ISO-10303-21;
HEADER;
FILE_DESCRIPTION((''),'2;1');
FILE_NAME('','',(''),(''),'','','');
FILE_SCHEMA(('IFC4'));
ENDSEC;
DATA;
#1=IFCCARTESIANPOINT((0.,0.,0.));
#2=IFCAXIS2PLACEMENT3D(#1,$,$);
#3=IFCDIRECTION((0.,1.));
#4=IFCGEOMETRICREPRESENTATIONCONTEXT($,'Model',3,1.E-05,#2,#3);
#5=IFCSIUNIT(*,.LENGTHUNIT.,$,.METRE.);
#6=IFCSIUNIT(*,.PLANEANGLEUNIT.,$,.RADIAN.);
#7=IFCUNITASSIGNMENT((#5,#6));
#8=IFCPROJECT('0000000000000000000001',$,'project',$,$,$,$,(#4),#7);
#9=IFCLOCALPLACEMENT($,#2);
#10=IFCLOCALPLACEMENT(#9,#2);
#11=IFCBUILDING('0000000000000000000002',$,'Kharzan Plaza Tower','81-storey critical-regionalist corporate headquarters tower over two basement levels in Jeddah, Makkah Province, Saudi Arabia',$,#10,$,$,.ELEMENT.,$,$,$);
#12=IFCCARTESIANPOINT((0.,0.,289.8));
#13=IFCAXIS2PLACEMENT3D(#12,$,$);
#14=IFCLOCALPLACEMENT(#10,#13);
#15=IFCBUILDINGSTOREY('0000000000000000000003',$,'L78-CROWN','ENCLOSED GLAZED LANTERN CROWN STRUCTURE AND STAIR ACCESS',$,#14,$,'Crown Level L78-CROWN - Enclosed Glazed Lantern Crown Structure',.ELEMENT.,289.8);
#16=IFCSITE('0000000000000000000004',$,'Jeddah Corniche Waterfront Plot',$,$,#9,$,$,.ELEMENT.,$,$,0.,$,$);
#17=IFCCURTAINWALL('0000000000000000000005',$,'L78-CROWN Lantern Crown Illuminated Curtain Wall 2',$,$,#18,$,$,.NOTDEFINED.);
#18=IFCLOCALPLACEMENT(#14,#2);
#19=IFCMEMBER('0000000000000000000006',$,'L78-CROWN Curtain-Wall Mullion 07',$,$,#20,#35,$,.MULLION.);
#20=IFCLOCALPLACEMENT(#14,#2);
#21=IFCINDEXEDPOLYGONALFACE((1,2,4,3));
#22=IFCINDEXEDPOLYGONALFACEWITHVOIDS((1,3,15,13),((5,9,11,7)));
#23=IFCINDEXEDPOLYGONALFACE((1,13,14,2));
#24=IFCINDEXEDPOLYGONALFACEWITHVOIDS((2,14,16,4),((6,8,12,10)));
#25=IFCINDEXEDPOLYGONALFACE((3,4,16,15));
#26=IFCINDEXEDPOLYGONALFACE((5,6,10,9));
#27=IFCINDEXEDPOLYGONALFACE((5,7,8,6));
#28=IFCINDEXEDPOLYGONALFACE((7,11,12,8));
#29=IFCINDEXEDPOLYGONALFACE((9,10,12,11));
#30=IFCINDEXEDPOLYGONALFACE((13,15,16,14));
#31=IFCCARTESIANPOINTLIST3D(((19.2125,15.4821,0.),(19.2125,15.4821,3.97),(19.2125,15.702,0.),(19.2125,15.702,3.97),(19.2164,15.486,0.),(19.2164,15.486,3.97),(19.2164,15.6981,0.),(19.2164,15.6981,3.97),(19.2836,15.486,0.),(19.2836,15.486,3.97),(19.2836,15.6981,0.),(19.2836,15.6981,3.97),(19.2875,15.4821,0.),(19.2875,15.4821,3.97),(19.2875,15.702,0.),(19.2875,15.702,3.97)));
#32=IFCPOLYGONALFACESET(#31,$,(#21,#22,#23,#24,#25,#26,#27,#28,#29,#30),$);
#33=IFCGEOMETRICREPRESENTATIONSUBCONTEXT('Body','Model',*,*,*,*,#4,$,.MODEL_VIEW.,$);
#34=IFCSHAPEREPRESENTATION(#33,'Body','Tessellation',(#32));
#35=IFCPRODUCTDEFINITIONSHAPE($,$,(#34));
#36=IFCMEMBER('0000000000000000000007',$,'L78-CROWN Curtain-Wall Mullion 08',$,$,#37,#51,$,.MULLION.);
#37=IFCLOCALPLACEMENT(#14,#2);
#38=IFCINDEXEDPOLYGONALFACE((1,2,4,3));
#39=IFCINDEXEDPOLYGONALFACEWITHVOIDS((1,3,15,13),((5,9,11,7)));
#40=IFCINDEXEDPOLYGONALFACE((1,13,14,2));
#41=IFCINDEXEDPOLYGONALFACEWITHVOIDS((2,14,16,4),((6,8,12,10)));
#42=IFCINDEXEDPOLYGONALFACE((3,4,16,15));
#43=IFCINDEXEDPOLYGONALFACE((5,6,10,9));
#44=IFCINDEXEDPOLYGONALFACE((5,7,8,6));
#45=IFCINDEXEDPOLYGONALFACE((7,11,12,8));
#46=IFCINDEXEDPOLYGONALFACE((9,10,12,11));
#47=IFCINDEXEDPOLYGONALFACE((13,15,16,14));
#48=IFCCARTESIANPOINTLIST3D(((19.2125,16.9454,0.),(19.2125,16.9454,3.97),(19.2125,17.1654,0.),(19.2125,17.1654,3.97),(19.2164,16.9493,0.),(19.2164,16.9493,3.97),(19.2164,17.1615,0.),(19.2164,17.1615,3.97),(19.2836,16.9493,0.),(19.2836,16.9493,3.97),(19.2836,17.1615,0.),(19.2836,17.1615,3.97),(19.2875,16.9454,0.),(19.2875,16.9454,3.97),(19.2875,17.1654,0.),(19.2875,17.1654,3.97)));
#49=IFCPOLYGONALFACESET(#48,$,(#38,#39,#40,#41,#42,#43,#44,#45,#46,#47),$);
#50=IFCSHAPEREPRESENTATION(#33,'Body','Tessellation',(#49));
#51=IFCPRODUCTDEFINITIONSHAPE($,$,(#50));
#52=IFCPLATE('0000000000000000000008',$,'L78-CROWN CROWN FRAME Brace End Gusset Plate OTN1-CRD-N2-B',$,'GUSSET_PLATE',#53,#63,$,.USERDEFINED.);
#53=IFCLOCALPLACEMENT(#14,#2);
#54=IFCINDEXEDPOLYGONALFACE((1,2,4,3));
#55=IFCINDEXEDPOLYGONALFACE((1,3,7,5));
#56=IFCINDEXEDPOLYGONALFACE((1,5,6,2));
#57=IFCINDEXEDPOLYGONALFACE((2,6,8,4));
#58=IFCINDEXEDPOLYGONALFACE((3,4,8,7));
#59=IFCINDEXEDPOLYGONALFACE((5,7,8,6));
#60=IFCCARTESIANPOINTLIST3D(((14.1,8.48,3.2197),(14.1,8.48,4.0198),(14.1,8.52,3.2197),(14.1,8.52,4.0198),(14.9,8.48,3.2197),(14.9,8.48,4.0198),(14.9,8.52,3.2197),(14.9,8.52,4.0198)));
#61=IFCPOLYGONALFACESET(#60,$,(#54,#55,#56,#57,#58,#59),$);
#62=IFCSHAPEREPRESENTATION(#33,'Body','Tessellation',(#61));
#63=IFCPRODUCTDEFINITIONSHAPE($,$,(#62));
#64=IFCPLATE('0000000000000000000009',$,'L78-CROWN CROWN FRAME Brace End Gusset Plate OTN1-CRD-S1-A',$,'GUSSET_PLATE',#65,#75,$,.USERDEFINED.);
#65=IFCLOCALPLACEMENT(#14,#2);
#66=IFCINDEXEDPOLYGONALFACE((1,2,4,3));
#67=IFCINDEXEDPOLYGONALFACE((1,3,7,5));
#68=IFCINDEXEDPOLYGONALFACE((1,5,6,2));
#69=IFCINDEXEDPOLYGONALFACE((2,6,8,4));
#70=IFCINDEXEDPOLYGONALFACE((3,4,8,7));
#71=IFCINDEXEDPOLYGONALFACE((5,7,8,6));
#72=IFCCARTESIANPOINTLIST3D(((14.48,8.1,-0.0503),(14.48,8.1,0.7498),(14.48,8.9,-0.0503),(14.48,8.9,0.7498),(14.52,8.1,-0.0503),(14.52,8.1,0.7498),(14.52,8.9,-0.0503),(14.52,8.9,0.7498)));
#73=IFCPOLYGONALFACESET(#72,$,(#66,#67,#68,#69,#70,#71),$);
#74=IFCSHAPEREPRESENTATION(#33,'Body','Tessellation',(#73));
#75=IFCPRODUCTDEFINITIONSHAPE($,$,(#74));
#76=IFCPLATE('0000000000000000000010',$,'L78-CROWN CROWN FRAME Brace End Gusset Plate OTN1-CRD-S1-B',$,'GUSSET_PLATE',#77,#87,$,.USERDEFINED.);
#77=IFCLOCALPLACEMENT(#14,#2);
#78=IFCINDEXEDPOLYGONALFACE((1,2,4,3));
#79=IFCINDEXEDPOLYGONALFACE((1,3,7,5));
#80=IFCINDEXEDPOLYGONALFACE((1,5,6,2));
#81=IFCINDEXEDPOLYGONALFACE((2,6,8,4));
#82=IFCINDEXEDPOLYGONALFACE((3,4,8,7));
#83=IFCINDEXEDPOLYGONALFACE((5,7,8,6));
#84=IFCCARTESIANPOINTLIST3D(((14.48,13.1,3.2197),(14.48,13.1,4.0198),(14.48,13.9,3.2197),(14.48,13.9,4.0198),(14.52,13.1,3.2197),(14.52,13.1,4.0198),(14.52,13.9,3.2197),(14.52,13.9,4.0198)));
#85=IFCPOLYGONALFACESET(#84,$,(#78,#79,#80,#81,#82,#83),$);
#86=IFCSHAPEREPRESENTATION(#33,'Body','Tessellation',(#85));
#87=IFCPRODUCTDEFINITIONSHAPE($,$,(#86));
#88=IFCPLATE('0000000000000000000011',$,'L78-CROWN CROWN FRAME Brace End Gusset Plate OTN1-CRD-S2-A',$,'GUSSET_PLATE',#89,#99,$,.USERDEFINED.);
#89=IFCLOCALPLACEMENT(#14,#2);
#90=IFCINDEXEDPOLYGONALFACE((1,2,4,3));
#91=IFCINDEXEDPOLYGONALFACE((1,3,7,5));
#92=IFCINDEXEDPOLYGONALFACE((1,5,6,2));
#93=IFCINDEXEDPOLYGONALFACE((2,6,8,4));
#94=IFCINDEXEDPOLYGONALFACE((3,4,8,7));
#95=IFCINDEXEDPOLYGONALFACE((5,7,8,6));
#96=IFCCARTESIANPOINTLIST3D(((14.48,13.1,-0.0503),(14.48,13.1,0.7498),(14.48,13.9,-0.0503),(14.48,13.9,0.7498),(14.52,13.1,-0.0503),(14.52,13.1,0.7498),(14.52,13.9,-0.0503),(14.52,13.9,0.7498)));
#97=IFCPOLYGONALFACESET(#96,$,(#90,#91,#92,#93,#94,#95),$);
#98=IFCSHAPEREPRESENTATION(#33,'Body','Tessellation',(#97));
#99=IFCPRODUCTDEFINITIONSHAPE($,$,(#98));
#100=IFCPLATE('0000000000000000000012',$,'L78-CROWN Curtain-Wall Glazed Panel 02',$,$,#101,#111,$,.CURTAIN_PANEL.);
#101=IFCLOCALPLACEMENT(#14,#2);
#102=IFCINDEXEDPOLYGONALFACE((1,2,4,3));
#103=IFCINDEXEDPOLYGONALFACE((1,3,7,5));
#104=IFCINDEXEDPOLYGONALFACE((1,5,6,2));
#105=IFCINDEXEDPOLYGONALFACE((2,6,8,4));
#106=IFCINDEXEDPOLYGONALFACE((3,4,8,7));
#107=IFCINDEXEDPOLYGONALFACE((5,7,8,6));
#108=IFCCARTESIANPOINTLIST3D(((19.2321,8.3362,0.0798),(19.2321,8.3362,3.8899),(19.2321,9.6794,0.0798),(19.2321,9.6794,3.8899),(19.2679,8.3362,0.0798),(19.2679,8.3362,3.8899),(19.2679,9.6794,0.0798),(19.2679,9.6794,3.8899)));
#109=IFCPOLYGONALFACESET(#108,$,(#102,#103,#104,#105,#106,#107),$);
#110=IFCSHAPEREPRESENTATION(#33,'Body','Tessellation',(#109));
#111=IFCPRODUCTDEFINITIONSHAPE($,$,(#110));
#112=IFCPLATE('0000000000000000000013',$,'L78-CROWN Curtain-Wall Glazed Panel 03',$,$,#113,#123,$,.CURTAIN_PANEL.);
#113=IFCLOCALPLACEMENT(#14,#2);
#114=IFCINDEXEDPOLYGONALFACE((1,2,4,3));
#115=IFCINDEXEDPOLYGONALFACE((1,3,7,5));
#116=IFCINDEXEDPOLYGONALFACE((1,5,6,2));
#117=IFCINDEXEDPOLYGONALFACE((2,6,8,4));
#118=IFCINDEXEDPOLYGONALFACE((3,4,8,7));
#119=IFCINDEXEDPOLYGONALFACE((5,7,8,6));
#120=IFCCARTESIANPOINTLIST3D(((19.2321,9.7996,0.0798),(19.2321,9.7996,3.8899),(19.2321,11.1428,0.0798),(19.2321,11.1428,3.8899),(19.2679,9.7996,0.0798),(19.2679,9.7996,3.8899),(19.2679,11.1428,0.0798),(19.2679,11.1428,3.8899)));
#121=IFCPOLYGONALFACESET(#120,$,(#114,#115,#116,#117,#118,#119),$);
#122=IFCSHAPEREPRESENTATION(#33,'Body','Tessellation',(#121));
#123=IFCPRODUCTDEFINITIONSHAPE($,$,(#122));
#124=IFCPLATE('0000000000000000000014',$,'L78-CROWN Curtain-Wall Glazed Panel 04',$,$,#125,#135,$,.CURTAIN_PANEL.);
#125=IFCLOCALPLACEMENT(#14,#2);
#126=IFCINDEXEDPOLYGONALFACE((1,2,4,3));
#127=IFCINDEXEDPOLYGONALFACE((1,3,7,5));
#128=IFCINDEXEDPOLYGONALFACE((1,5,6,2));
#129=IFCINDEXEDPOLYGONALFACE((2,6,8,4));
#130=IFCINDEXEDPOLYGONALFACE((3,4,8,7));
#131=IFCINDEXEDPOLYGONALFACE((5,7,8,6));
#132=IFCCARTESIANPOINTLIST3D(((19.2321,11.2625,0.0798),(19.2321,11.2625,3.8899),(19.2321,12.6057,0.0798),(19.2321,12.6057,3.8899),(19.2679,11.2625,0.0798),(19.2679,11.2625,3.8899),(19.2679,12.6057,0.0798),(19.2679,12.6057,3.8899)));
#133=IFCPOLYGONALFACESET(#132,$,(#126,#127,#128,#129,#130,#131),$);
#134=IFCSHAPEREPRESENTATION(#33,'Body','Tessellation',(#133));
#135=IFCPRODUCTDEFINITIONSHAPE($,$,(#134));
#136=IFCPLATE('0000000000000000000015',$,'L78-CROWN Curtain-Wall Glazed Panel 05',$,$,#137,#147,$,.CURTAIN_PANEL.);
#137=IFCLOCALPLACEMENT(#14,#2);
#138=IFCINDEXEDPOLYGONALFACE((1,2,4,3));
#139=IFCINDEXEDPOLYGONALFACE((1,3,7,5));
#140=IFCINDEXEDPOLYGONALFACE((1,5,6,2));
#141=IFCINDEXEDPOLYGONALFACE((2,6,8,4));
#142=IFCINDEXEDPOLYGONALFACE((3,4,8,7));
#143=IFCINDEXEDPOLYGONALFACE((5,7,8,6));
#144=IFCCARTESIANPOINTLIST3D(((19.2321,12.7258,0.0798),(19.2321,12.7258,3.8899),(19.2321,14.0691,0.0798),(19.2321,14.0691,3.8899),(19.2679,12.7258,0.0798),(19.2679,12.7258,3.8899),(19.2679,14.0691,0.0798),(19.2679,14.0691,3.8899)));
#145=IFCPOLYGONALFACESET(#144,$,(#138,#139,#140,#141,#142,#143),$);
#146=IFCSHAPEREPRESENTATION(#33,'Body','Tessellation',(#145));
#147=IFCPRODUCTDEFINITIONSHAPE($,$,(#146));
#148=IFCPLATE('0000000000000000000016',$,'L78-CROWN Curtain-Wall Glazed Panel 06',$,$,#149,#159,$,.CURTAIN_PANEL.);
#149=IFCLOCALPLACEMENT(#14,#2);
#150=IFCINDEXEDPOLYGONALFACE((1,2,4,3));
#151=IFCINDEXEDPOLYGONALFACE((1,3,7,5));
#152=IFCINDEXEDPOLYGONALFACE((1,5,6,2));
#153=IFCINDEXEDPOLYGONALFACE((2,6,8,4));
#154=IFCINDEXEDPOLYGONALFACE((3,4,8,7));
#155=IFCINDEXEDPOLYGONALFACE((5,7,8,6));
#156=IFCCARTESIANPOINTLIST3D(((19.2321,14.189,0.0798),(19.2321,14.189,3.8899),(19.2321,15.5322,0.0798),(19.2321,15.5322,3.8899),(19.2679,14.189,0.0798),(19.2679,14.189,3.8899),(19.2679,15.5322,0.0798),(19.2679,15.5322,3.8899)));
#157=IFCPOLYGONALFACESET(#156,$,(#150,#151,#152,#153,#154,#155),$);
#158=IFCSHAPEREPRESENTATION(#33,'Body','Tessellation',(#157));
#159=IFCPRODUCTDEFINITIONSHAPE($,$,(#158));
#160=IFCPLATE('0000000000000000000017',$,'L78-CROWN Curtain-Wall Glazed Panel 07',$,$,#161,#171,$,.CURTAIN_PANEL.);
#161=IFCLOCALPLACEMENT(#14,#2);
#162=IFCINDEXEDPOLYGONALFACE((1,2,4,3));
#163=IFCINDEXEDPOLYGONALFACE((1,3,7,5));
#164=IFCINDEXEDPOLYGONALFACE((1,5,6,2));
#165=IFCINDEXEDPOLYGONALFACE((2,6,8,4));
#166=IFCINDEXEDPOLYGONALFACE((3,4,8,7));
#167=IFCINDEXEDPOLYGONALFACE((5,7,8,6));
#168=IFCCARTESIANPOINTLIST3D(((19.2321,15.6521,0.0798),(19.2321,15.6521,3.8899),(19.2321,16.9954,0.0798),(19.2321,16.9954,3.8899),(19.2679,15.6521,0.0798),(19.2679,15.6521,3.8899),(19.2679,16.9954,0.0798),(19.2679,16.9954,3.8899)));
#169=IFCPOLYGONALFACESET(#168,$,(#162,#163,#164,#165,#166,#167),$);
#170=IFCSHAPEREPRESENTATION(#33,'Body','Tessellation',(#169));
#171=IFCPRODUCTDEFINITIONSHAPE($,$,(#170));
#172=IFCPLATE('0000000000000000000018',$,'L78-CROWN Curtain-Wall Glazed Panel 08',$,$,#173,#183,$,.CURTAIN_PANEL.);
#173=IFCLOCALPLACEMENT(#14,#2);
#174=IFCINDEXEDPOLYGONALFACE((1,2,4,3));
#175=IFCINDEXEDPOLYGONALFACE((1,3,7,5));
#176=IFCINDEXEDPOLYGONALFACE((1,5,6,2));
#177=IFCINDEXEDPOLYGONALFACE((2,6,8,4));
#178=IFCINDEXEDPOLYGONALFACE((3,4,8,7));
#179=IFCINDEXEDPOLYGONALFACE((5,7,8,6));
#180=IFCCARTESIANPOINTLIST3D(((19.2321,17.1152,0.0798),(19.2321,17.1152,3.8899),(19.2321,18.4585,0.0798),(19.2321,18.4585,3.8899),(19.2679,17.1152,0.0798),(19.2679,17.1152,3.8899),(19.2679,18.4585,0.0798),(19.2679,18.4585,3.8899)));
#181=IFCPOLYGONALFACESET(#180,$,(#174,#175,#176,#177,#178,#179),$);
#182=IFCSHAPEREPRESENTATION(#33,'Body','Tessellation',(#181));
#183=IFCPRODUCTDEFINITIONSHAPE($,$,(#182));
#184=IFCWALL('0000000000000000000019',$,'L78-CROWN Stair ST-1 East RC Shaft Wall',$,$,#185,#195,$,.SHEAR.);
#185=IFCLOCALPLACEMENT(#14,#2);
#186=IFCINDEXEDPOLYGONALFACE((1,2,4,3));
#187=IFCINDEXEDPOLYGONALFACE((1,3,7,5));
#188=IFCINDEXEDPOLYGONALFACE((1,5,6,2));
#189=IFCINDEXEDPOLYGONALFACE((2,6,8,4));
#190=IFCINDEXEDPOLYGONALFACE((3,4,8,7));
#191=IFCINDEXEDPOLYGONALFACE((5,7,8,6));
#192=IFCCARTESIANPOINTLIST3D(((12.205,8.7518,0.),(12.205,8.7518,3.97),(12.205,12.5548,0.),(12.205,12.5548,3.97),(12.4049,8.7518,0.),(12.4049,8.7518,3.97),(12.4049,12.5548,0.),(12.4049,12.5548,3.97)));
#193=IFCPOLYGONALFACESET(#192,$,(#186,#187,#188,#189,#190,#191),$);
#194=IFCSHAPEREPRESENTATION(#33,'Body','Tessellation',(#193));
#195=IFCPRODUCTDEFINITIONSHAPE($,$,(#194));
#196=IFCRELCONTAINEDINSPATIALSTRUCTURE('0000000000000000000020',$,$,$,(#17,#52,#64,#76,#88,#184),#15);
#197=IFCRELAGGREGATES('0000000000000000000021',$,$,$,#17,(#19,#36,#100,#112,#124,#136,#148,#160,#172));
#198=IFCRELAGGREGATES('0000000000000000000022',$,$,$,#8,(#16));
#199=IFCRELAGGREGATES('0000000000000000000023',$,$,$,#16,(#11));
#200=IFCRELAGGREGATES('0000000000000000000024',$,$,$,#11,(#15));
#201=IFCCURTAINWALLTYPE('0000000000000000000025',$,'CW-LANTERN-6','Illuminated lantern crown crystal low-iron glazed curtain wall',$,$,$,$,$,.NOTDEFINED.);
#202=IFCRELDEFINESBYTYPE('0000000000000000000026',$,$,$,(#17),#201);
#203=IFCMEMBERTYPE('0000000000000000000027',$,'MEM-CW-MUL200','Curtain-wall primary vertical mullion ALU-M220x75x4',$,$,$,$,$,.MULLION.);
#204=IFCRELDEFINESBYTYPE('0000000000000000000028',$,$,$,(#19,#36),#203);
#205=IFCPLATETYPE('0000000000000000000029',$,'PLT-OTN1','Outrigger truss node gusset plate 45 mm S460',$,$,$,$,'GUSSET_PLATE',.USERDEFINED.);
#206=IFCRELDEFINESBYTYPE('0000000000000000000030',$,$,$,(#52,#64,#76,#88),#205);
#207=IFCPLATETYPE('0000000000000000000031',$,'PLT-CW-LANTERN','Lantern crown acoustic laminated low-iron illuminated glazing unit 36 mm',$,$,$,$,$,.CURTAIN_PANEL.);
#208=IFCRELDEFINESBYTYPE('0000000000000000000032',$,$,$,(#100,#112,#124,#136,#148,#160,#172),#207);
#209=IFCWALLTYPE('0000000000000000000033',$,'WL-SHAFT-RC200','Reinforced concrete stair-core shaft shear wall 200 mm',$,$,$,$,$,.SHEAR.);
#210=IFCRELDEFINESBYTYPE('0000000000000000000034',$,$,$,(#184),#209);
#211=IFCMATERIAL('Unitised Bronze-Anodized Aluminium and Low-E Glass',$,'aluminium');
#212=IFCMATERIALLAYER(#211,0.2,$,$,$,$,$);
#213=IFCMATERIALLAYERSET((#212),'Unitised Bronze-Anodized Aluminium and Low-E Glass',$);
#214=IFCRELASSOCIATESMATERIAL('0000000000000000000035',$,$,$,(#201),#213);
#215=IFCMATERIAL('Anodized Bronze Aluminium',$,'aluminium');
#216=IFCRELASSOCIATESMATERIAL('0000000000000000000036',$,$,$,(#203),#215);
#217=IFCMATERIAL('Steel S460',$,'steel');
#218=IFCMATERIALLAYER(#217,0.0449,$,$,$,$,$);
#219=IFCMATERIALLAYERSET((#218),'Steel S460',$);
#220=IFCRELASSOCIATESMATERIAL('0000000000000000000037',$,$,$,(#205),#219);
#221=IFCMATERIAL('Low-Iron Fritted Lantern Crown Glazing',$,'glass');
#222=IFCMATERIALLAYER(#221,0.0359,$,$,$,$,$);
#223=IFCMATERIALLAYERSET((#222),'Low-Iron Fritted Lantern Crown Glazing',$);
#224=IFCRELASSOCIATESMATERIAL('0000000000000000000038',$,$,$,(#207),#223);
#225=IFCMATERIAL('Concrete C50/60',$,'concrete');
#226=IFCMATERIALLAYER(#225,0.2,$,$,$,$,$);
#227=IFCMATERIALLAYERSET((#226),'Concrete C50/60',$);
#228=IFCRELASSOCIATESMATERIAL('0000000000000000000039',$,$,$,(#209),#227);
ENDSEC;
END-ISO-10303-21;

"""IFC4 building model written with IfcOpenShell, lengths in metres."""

from ifc_helpers import new_model, si_unit, direction, frame, frame_2d, origin, origin_2d, place, context, subcontext, project, spatial, rectangle, hollow_rectangle, extrude, source, transform, mapped, material, layer, layer_set, material_profile, profile_set, type_object, element, aggregate, save


model = new_model("IFC4")

# Units and contexts
model_context = context("Model", 3, precision=1e-05, world=origin(), true_north=direction((0.0, 1.0)))
body_context = subcontext(model_context, "Body", "Model", "MODEL_VIEW")
ifc_project = project(units=[si_unit("LENGTHUNIT", "METRE"), si_unit("PLANEANGLEUNIT", "RADIAN")], contexts=[model_context])

# Site, building, storey
site_placement = place(None, origin())
site = spatial("IfcSite", under=ifc_project, at=site_placement, Name="Jeddah Corniche Waterfront Plot", CompositionType="ELEMENT", RefElevation=0.0)
building_placement = place(site_placement, origin())
building = spatial("IfcBuilding", under=site, at=building_placement, Name="Kharzan Plaza Tower", Description="81-storey critical-regionalist corporate headquarters tower over two basement levels in Jeddah, Makkah Province, Saudi Arabia", CompositionType="ELEMENT")
storey_placement = place(building_placement, frame((0.0, 0.0, 289.8)))
storey = spatial("IfcBuildingStorey", under=building, at=storey_placement, Name="L78-CROWN", Description="ENCLOSED GLAZED LANTERN CROWN STRUCTURE AND STAIR ACCESS", LongName="Crown Level L78-CROWN - Enclosed Glazed Lantern Crown Structure", CompositionType="ELEMENT", Elevation=289.8)

# Curtain wall, members
ifc_material_1 = material(Name="Unitised Bronze-Anodized Aluminium and Low-E Glass", Category="aluminium")
ifc_layer_1 = layer(ifc_material_1, 0.2)
ifc_layer_set_1 = layer_set([ifc_layer_1], Name="Unitised Bronze-Anodized Aluminium and Low-E Glass")
curtain_wall_type = type_object("IfcCurtainWallType", Name="CW-LANTERN-6", Description="Illuminated lantern crown crystal low-iron glazed curtain wall", PredefinedType="NOTDEFINED", material=ifc_layer_set_1)
curtain_wall_placement = place(storey_placement, origin())
curtain_wall = element("IfcCurtainWall", 1, at=curtain_wall_placement, inside=storey, type_object=curtain_wall_type, Name="L78-CROWN Lantern Crown Illuminated Curtain Wall 2", PredefinedType="NOTDEFINED")
ifc_material_2 = material(Name="Anodized Bronze Aluminium", Category="aluminium")
ifc_material_profile_1 = material_profile(ifc_material_2, hollow_rectangle(XDim=0.075, YDim=0.22, WallThickness=0.0039, at=origin_2d()), Name="ALU-M220x75x4")
ifc_profile_set_1 = profile_set([ifc_material_profile_1], Name="Anodized Bronze Aluminium")
member_type_1 = type_object("IfcMemberType", Name="MEM-CW-MUL200", Description="Curtain-wall primary vertical mullion ALU-M220x75x4", PredefinedType="MULLION", material=ifc_profile_set_1)
shared_shape_1 = source(origin(), body_context, "Body", "SweptSolid", [
    extrude(hollow_rectangle(XDim=0.075, YDim=0.22, WallThickness=0.0039, at=origin_2d()), origin(), (0.0, 0.0, 1.0), 3.97),
])
member_1_placement = place(storey_placement, frame((19.25, 15.592, 0.0), z_axis=(0.0, 0.0, 1.0), x_axis=(1.0, 0.0, 0.0)))
member_1 = element("IfcMember", 2, at=member_1_placement, type_object=member_type_1, Name="L78-CROWN Curtain-Wall Mullion 07", PredefinedType="MULLION", context=body_context, shape_type="MappedRepresentation", body=[
    mapped(shared_shape_1, transform((0.0, 0.0, 0.0), x_axis=(1.0, 0.0, 0.0), y_axis=(0.0, 1.0, 0.0), z_axis=(0.0, 0.0, 1.0))),
])
member_2_placement = place(storey_placement, frame((19.25, 17.0554, 0.0), z_axis=(0.0, 0.0, 1.0), x_axis=(1.0, 0.0, 0.0)))
member_2 = element("IfcMember", 3, at=member_2_placement, type_object=member_type_1, Name="L78-CROWN Curtain-Wall Mullion 08", PredefinedType="MULLION", context=body_context, shape_type="MappedRepresentation", body=[
    mapped(shared_shape_1, transform((0.0, 0.0, 0.0), x_axis=(1.0, 0.0, 0.0), y_axis=(0.0, 1.0, 0.0), z_axis=(0.0, 0.0, 1.0))),
])

# Plates
ifc_material_3 = material(Name="Steel S460", Category="steel")
ifc_layer_2 = layer(ifc_material_3, 0.0449)
ifc_layer_set_2 = layer_set([ifc_layer_2], Name="Steel S460")
plate_type_1 = type_object("IfcPlateType", Name="PLT-OTN1", Description="Outrigger truss node gusset plate 45 mm S460", ElementType="GUSSET_PLATE", PredefinedType="USERDEFINED", material=ifc_layer_set_2)
shared_shape_2 = source(origin(), body_context, "Body", "SweptSolid", [
    extrude(rectangle(XDim=0.8, YDim=0.04, at=origin_2d()), origin(), (0.0, 0.0, 1.0), 0.8),
])
for number, where, z_axis, x_axis, name in (
    (4, (14.5, 8.5, 3.2197), (0.0, 0.0, 1.0), (1.0, 0.0, 0.0), "L78-CROWN CROWN FRAME Brace End Gusset Plate OTN1-CRD-N2-B"),
    (5, (14.5, 8.5, -0.0503), (0.0, 0.0, 1.0), (0.0, 1.0, 0.0), "L78-CROWN CROWN FRAME Brace End Gusset Plate OTN1-CRD-S1-A"),
    (6, (14.5, 13.5, 3.2197), (0.0, 0.0, 1.0), (0.0, 1.0, 0.0), "L78-CROWN CROWN FRAME Brace End Gusset Plate OTN1-CRD-S1-B"),
    (7, (14.5, 13.5, -0.0503), (0.0, 0.0, 1.0), (0.0, 1.0, 0.0), "L78-CROWN CROWN FRAME Brace End Gusset Plate OTN1-CRD-S2-A"),
):
    element("IfcPlate", number, at=place(storey_placement, frame(where, z_axis=z_axis, x_axis=x_axis)), inside=storey, type_object=plate_type_1, Name=name, ObjectType="GUSSET_PLATE", PredefinedType="USERDEFINED", context=body_context, shape_type="MappedRepresentation", body=[
        mapped(shared_shape_2, transform((0.0, 0.0, 0.0), x_axis=(1.0, 0.0, 0.0), y_axis=(0.0, 1.0, 0.0), z_axis=(0.0, 0.0, 1.0))),
    ])

# Plates
ifc_material_4 = material(Name="Low-Iron Fritted Lantern Crown Glazing", Category="glass")
ifc_layer_3 = layer(ifc_material_4, 0.0359)
ifc_layer_set_3 = layer_set([ifc_layer_3], Name="Low-Iron Fritted Lantern Crown Glazing")
plate_type_2 = type_object("IfcPlateType", Name="PLT-CW-LANTERN", Description="Lantern crown acoustic laminated low-iron illuminated glazing unit 36 mm", PredefinedType="CURTAIN_PANEL", material=ifc_layer_set_3)
shared_shape_3 = source(origin(), body_context, "Body", "SweptSolid", [
    extrude(rectangle(XDim=1.3433, YDim=0.0359, at=origin_2d()), origin(), (0.0, 0.0, 1.0), 3.8101),
])
plate_1_placement = place(storey_placement, frame((19.25, 9.0078, 0.0798), z_axis=(0.0, 0.0, 1.0), x_axis=(0.0, 1.0, 0.0)))
plate_1 = element("IfcPlate", 8, at=plate_1_placement, type_object=plate_type_2, Name="L78-CROWN Curtain-Wall Glazed Panel 02", PredefinedType="CURTAIN_PANEL", context=body_context, shape_type="MappedRepresentation", body=[
    mapped(shared_shape_3, transform((0.0, 0.0, 0.0), x_axis=(1.0, 0.0, 0.0), y_axis=(0.0, 1.0, 0.0), z_axis=(0.0, 0.0, 1.0))),
])
plate_2_placement = place(storey_placement, frame((19.25, 10.4712, 0.0798), z_axis=(0.0, 0.0, 1.0), x_axis=(0.0, 1.0, 0.0)))
plate_2 = element("IfcPlate", 9, at=plate_2_placement, type_object=plate_type_2, Name="L78-CROWN Curtain-Wall Glazed Panel 03", PredefinedType="CURTAIN_PANEL", context=body_context, shape_type="MappedRepresentation", body=[
    mapped(shared_shape_3, transform((0.0, 0.0, 0.0), x_axis=(1.0, 0.0, 0.0), y_axis=(0.0, 1.0, 0.0), z_axis=(0.0, 0.0, 1.0))),
])
plate_3_placement = place(storey_placement, frame((19.25, 11.9341, 0.0798), z_axis=(0.0, 0.0, 1.0), x_axis=(0.0, 1.0, 0.0)))
plate_3 = element("IfcPlate", 10, at=plate_3_placement, type_object=plate_type_2, Name="L78-CROWN Curtain-Wall Glazed Panel 04", PredefinedType="CURTAIN_PANEL", context=body_context, shape_type="MappedRepresentation", body=[
    mapped(shared_shape_3, transform((0.0, 0.0, 0.0), x_axis=(1.0, 0.0, 0.0), y_axis=(0.0, 1.0, 0.0), z_axis=(0.0, 0.0, 1.0))),
])
plate_4_placement = place(storey_placement, frame((19.25, 13.3975, 0.0798), z_axis=(0.0, 0.0, 1.0), x_axis=(0.0, 1.0, 0.0)))
plate_4 = element("IfcPlate", 11, at=plate_4_placement, type_object=plate_type_2, Name="L78-CROWN Curtain-Wall Glazed Panel 05", PredefinedType="CURTAIN_PANEL", context=body_context, shape_type="MappedRepresentation", body=[
    mapped(shared_shape_3, transform((0.0, 0.0, 0.0), x_axis=(1.0, 0.0, 0.0), y_axis=(0.0, 1.0, 0.0), z_axis=(0.0, 0.0, 1.0))),
])
plate_5_placement = place(storey_placement, frame((19.25, 14.8606, 0.0798), z_axis=(0.0, 0.0, 1.0), x_axis=(0.0, 1.0, 0.0)))
plate_5 = element("IfcPlate", 12, at=plate_5_placement, type_object=plate_type_2, Name="L78-CROWN Curtain-Wall Glazed Panel 06", PredefinedType="CURTAIN_PANEL", context=body_context, shape_type="MappedRepresentation", body=[
    mapped(shared_shape_3, transform((0.0, 0.0, 0.0), x_axis=(1.0, 0.0, 0.0), y_axis=(0.0, 1.0, 0.0), z_axis=(0.0, 0.0, 1.0))),
])
plate_6_placement = place(storey_placement, frame((19.25, 16.3237, 0.0798), z_axis=(0.0, 0.0, 1.0), x_axis=(0.0, 1.0, 0.0)))
plate_6 = element("IfcPlate", 13, at=plate_6_placement, type_object=plate_type_2, Name="L78-CROWN Curtain-Wall Glazed Panel 07", PredefinedType="CURTAIN_PANEL", context=body_context, shape_type="MappedRepresentation", body=[
    mapped(shared_shape_3, transform((0.0, 0.0, 0.0), x_axis=(1.0, 0.0, 0.0), y_axis=(0.0, 1.0, 0.0), z_axis=(0.0, 0.0, 1.0))),
])
plate_7_placement = place(storey_placement, frame((19.25, 17.7869, 0.0798), z_axis=(0.0, 0.0, 1.0), x_axis=(0.0, 1.0, 0.0)))
plate_7 = element("IfcPlate", 14, at=plate_7_placement, type_object=plate_type_2, Name="L78-CROWN Curtain-Wall Glazed Panel 08", PredefinedType="CURTAIN_PANEL", context=body_context, shape_type="MappedRepresentation", body=[
    mapped(shared_shape_3, transform((0.0, 0.0, 0.0), x_axis=(1.0, 0.0, 0.0), y_axis=(0.0, 1.0, 0.0), z_axis=(0.0, 0.0, 1.0))),
])
aggregate(curtain_wall, [member_1, member_2, plate_1, plate_2, plate_3, plate_4, plate_5, plate_6, plate_7])

# Wall
ifc_material_5 = material(Name="Concrete C50/60", Category="concrete")
ifc_layer_4 = layer(ifc_material_5, 0.2)
ifc_layer_set_4 = layer_set([ifc_layer_4], Name="Concrete C50/60")
wall_type = type_object("IfcWallType", Name="WL-SHAFT-RC200", Description="Reinforced concrete stair-core shaft shear wall 200 mm", PredefinedType="SHEAR", material=ifc_layer_set_4)
shared_shape_4 = source(origin(), body_context, "Body", "SweptSolid", [
    extrude(rectangle(XDim=3.803, YDim=0.2, at=frame_2d((1.9014, 0.0))), origin(), (0.0, 0.0, 1.0), 3.97),
])
wall_placement = place(storey_placement, frame((12.3049, 8.752, 0.0), z_axis=(0.0, 0.0, 1.0), x_axis=(0.0, 1.0, 0.0)))
element("IfcWall", 15, at=wall_placement, inside=storey, type_object=wall_type, Name="L78-CROWN Stair ST-1 East RC Shaft Wall", PredefinedType="SHEAR", context=body_context, shape_type="MappedRepresentation", body=[
    mapped(shared_shape_4, transform((0.0, 0.0, 0.0), x_axis=(1.0, 0.0, 0.0), y_axis=(0.0, 1.0, 0.0), z_axis=(0.0, 0.0, 1.0))),
])

save(model, "model.ifc")
